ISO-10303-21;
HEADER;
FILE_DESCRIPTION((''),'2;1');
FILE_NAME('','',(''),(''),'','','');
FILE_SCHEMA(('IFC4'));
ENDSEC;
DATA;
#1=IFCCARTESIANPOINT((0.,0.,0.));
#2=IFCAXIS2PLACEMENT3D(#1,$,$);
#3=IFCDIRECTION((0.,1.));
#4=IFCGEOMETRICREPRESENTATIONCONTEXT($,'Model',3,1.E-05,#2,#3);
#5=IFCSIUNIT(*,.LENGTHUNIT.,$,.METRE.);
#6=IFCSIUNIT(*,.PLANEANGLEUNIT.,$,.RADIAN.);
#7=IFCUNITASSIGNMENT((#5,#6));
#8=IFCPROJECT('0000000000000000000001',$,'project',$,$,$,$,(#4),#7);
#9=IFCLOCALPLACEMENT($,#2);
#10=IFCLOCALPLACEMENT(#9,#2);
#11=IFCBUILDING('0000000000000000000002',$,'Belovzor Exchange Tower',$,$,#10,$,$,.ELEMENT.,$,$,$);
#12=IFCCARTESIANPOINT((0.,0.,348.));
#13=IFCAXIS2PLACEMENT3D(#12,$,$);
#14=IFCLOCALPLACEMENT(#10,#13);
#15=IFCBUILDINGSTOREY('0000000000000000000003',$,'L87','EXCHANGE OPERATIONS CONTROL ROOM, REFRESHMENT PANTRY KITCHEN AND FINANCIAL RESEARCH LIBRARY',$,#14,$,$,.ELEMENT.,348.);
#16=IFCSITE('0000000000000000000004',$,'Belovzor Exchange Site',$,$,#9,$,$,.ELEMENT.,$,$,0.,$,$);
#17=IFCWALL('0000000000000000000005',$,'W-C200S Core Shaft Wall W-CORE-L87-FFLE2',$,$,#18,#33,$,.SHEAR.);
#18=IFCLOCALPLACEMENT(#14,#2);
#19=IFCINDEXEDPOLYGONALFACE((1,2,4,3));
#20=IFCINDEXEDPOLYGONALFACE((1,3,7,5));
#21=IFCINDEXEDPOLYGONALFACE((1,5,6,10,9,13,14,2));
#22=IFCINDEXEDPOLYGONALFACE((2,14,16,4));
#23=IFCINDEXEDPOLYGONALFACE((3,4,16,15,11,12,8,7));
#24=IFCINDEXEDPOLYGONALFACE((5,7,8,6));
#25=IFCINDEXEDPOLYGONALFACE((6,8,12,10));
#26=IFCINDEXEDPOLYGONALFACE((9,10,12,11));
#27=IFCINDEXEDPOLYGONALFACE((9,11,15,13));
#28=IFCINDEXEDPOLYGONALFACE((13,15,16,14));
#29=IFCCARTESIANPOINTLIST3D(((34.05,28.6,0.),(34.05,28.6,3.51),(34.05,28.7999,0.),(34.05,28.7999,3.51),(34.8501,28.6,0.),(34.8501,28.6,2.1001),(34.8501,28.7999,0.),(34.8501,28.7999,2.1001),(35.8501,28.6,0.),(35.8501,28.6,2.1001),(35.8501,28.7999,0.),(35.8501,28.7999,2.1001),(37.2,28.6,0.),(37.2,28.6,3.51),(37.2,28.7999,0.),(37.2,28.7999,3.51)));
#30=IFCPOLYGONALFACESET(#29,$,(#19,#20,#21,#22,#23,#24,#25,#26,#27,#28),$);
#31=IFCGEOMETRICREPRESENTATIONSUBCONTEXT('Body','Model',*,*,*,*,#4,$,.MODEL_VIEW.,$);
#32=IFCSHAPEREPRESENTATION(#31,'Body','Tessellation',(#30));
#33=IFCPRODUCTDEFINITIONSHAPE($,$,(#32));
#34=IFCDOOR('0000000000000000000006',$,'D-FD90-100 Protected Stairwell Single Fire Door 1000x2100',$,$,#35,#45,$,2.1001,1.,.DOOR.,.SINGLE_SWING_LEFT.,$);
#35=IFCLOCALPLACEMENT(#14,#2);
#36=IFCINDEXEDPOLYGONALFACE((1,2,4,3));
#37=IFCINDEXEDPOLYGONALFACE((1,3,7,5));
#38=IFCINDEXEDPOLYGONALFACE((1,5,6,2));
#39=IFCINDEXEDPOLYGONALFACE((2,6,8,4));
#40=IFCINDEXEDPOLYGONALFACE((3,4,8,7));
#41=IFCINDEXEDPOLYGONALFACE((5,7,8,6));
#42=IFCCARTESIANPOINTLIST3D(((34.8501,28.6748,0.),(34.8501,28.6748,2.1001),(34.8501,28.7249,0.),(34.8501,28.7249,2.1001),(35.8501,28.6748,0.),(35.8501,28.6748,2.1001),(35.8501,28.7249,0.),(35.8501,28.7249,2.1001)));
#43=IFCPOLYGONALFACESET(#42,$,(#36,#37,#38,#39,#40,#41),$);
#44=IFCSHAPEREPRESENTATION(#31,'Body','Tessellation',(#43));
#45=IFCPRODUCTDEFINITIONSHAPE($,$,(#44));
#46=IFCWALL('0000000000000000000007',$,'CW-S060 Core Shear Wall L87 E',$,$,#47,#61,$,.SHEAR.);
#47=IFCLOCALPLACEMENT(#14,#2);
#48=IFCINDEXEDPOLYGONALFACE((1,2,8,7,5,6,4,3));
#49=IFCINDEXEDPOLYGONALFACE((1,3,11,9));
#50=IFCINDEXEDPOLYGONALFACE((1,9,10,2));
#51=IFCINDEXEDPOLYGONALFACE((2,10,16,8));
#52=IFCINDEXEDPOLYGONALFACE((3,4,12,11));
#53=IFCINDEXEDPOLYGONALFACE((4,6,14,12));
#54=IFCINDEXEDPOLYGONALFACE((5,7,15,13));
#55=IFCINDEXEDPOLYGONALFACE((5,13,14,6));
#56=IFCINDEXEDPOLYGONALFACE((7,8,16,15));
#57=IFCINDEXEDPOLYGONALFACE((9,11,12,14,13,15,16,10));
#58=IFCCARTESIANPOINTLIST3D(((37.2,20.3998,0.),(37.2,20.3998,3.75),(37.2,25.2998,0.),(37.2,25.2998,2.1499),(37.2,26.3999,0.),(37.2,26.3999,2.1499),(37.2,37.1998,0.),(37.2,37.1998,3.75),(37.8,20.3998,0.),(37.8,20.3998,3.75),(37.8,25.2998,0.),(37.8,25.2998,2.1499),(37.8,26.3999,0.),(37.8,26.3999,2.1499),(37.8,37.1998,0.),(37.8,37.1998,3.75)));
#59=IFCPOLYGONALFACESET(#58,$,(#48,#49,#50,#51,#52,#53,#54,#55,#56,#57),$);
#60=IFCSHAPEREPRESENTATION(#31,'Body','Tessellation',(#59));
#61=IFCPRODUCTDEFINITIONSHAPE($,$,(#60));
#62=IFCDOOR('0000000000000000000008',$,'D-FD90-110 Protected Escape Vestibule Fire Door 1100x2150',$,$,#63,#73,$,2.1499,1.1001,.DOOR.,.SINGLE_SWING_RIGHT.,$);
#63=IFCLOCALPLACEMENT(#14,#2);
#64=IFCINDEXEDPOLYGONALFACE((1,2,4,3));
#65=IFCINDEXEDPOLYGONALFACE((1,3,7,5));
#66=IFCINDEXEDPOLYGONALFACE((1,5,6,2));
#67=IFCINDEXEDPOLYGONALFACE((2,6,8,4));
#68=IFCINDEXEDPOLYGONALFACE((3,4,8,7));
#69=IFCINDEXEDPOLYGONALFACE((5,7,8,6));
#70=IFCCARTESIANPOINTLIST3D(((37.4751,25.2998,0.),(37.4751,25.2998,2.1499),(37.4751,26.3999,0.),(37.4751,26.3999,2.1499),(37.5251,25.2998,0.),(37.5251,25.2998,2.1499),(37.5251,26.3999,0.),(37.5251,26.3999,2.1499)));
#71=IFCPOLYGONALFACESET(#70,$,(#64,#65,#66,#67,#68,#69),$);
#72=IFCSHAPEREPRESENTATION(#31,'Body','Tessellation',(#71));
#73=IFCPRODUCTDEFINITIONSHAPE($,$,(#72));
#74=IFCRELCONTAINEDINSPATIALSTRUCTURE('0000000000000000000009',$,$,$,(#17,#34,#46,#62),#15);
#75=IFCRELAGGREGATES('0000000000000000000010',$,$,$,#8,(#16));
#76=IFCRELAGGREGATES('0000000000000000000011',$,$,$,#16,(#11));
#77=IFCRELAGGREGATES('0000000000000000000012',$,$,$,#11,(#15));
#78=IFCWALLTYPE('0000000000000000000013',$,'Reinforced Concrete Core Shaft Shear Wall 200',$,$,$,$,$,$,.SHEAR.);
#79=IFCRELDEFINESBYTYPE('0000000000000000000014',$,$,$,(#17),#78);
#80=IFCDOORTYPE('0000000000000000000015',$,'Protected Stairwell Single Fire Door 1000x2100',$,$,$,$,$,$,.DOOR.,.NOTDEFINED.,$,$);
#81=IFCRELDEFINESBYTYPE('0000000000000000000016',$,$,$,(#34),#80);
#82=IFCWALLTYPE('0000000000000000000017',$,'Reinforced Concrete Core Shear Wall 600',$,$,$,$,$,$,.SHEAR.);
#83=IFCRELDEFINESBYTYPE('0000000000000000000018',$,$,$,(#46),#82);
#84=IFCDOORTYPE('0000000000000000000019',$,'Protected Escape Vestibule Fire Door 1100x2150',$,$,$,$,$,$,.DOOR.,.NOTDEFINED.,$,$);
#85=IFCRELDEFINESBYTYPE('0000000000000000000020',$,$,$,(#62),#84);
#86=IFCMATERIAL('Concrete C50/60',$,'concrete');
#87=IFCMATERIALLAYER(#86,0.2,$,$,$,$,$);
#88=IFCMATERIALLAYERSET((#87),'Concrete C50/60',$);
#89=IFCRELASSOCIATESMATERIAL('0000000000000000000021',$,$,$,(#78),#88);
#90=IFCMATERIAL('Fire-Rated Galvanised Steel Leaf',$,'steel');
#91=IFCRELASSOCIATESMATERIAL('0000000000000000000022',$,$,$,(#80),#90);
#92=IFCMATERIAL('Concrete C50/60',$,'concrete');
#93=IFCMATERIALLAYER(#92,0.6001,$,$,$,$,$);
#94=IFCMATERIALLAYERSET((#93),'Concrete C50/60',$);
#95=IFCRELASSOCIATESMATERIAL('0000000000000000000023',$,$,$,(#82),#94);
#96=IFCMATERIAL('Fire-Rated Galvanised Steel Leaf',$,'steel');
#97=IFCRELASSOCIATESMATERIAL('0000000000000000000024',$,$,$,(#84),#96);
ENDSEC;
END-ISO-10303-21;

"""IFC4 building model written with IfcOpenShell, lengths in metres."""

from ifc_helpers import new_model, si_unit, direction, frame, frame_2d, origin, place, context, subcontext, project, spatial, rectangle, extrude, material, layer, layer_set, type_object, element, fill, save


model = new_model("IFC4")

# Units and contexts
model_context = context("Model", 3, precision=1e-05, world=origin(), true_north=direction((0.0, 1.0)))
body_context = subcontext(model_context, "Body", "Model", "MODEL_VIEW")
ifc_project = project(units=[si_unit("LENGTHUNIT", "METRE"), si_unit("PLANEANGLEUNIT", "RADIAN")], contexts=[model_context])

# Site, building, storey
site_placement = place(None, origin())
site = spatial("IfcSite", under=ifc_project, at=site_placement, Name="Belovzor Exchange Site", CompositionType="ELEMENT", RefElevation=0.0)
building_placement = place(site_placement, origin())
building = spatial("IfcBuilding", under=site, at=building_placement, Name="Belovzor Exchange Tower", CompositionType="ELEMENT")
storey_placement = place(building_placement, frame((0.0, 0.0, 348.0)))
storey = spatial("IfcBuildingStorey", under=building, at=storey_placement, Name="L87", Description="EXCHANGE OPERATIONS CONTROL ROOM, REFRESHMENT PANTRY KITCHEN AND FINANCIAL RESEARCH LIBRARY", CompositionType="ELEMENT", Elevation=348.0)

# Walls, openings, doors
ifc_material_1 = material(Name="Concrete C50/60", Category="concrete")
ifc_layer_1 = layer(ifc_material_1, 0.2)
ifc_layer_set_1 = layer_set([ifc_layer_1], Name="Concrete C50/60")
wall_type_1 = type_object("IfcWallType", Name="Reinforced Concrete Core Shaft Shear Wall 200", PredefinedType="SHEAR", material=ifc_layer_set_1)
wall_1_placement = place(storey_placement, frame((34.05, 28.7, 0.0), z_axis=(0.0, 0.0, 1.0), x_axis=(1.0, 0.0, 0.0)))
wall_1 = element("IfcWall", 1, at=wall_1_placement, inside=storey, type_object=wall_type_1, Name="W-C200S Core Shaft Wall W-CORE-L87-FFLE2", PredefinedType="SHEAR", context=body_context, shape_type="SweptSolid", body=[
    extrude(rectangle(XDim=3.1499, YDim=0.2, at=frame_2d((1.575, 0.0))), origin(), (0.0, 0.0, 1.0), 3.51),
])
opening_1_placement = place(wall_1_placement, frame((0.8, 0.0, 0.0)))
opening_1 = element("IfcOpeningElement", 2, at=opening_1_placement, cuts=wall_1, PredefinedType="OPENING", context=body_context, shape_type="SweptSolid", body=[
    extrude(rectangle(XDim=1.0, YDim=2.1001, at=frame_2d((0.5, 1.05))), frame((0.0, 0.1099, 0.0), z_axis=(0.0, -1.0, 0.0), x_axis=(1.0, 0.0, 0.0)), (0.0, 0.0, 1.0), 0.22),
])
ifc_material_2 = material(Name="Fire-Rated Galvanised Steel Leaf", Category="steel")
door_type_1 = type_object("IfcDoorType", Name="Protected Stairwell Single Fire Door 1000x2100", OperationType="NOTDEFINED", PredefinedType="DOOR", material=ifc_material_2)
door_1_placement = place(opening_1_placement, origin())
door_1 = element("IfcDoor", 3, at=door_1_placement, inside=storey, type_object=door_type_1, Name="D-FD90-100 Protected Stairwell Single Fire Door 1000x2100", OperationType="SINGLE_SWING_LEFT", OverallHeight=2.1001, OverallWidth=1.0, PredefinedType="DOOR", context=body_context, shape_type="SweptSolid", body=[
    extrude(rectangle(XDim=1.0, YDim=2.1001, at=frame_2d((0.5, 1.05))), frame((0.0, 0.0249, 0.0), z_axis=(0.0, -1.0, 0.0), x_axis=(1.0, 0.0, 0.0)), (0.0, 0.0, 1.0), 0.05),
])
fill(opening_1, door_1)
ifc_material_3 = material(Name="Concrete C50/60", Category="concrete")
ifc_layer_2 = layer(ifc_material_3, 0.6001)
ifc_layer_set_2 = layer_set([ifc_layer_2], Name="Concrete C50/60")
wall_type_2 = type_object("IfcWallType", Name="Reinforced Concrete Core Shear Wall 600", PredefinedType="SHEAR", material=ifc_layer_set_2)
wall_2_placement = place(storey_placement, frame((37.5, 20.3999, 0.0), z_axis=(0.0, 0.0, 1.0), x_axis=(0.0, 1.0, 0.0)))
wall_2 = element("IfcWall", 4, at=wall_2_placement, inside=storey, type_object=wall_type_2, Name="CW-S060 Core Shear Wall L87 E", PredefinedType="SHEAR", context=body_context, shape_type="SweptSolid", body=[
    extrude(rectangle(XDim=16.8, YDim=0.6001, at=frame_2d((8.3999, 0.0))), origin(), (0.0, 0.0, 1.0), 3.75),
])
opening_2_placement = place(wall_2_placement, frame((4.8999, 0.0, 0.0)))
opening_2 = element("IfcOpeningElement", 5, at=opening_2_placement, cuts=wall_2, PredefinedType="OPENING", context=body_context, shape_type="SweptSolid", body=[
    extrude(rectangle(XDim=1.1001, YDim=2.1499, at=frame_2d((0.55, 1.075))), frame((0.0, 0.3101, 0.0), z_axis=(0.0, -1.0, 0.0), x_axis=(1.0, 0.0, 0.0)), (0.0, 0.0, 1.0), 0.6201),
])
ifc_material_4 = material(Name="Fire-Rated Galvanised Steel Leaf", Category="steel")
door_type_2 = type_object("IfcDoorType", Name="Protected Escape Vestibule Fire Door 1100x2150", OperationType="NOTDEFINED", PredefinedType="DOOR", material=ifc_material_4)
door_2_placement = place(opening_2_placement, origin())
door_2 = element("IfcDoor", 6, at=door_2_placement, inside=storey, type_object=door_type_2, Name="D-FD90-110 Protected Escape Vestibule Fire Door 1100x2150", OperationType="SINGLE_SWING_RIGHT", OverallHeight=2.1499, OverallWidth=1.1001, PredefinedType="DOOR", context=body_context, shape_type="SweptSolid", body=[
    extrude(rectangle(XDim=1.1001, YDim=2.1499, at=frame_2d((0.55, 1.075))), frame((0.0, 0.0249, 0.0), z_axis=(0.0, -1.0, 0.0), x_axis=(1.0, 0.0, 0.0)), (0.0, 0.0, 1.0), 0.05),
])
fill(opening_2, door_2)

save(model, "model.ifc")
